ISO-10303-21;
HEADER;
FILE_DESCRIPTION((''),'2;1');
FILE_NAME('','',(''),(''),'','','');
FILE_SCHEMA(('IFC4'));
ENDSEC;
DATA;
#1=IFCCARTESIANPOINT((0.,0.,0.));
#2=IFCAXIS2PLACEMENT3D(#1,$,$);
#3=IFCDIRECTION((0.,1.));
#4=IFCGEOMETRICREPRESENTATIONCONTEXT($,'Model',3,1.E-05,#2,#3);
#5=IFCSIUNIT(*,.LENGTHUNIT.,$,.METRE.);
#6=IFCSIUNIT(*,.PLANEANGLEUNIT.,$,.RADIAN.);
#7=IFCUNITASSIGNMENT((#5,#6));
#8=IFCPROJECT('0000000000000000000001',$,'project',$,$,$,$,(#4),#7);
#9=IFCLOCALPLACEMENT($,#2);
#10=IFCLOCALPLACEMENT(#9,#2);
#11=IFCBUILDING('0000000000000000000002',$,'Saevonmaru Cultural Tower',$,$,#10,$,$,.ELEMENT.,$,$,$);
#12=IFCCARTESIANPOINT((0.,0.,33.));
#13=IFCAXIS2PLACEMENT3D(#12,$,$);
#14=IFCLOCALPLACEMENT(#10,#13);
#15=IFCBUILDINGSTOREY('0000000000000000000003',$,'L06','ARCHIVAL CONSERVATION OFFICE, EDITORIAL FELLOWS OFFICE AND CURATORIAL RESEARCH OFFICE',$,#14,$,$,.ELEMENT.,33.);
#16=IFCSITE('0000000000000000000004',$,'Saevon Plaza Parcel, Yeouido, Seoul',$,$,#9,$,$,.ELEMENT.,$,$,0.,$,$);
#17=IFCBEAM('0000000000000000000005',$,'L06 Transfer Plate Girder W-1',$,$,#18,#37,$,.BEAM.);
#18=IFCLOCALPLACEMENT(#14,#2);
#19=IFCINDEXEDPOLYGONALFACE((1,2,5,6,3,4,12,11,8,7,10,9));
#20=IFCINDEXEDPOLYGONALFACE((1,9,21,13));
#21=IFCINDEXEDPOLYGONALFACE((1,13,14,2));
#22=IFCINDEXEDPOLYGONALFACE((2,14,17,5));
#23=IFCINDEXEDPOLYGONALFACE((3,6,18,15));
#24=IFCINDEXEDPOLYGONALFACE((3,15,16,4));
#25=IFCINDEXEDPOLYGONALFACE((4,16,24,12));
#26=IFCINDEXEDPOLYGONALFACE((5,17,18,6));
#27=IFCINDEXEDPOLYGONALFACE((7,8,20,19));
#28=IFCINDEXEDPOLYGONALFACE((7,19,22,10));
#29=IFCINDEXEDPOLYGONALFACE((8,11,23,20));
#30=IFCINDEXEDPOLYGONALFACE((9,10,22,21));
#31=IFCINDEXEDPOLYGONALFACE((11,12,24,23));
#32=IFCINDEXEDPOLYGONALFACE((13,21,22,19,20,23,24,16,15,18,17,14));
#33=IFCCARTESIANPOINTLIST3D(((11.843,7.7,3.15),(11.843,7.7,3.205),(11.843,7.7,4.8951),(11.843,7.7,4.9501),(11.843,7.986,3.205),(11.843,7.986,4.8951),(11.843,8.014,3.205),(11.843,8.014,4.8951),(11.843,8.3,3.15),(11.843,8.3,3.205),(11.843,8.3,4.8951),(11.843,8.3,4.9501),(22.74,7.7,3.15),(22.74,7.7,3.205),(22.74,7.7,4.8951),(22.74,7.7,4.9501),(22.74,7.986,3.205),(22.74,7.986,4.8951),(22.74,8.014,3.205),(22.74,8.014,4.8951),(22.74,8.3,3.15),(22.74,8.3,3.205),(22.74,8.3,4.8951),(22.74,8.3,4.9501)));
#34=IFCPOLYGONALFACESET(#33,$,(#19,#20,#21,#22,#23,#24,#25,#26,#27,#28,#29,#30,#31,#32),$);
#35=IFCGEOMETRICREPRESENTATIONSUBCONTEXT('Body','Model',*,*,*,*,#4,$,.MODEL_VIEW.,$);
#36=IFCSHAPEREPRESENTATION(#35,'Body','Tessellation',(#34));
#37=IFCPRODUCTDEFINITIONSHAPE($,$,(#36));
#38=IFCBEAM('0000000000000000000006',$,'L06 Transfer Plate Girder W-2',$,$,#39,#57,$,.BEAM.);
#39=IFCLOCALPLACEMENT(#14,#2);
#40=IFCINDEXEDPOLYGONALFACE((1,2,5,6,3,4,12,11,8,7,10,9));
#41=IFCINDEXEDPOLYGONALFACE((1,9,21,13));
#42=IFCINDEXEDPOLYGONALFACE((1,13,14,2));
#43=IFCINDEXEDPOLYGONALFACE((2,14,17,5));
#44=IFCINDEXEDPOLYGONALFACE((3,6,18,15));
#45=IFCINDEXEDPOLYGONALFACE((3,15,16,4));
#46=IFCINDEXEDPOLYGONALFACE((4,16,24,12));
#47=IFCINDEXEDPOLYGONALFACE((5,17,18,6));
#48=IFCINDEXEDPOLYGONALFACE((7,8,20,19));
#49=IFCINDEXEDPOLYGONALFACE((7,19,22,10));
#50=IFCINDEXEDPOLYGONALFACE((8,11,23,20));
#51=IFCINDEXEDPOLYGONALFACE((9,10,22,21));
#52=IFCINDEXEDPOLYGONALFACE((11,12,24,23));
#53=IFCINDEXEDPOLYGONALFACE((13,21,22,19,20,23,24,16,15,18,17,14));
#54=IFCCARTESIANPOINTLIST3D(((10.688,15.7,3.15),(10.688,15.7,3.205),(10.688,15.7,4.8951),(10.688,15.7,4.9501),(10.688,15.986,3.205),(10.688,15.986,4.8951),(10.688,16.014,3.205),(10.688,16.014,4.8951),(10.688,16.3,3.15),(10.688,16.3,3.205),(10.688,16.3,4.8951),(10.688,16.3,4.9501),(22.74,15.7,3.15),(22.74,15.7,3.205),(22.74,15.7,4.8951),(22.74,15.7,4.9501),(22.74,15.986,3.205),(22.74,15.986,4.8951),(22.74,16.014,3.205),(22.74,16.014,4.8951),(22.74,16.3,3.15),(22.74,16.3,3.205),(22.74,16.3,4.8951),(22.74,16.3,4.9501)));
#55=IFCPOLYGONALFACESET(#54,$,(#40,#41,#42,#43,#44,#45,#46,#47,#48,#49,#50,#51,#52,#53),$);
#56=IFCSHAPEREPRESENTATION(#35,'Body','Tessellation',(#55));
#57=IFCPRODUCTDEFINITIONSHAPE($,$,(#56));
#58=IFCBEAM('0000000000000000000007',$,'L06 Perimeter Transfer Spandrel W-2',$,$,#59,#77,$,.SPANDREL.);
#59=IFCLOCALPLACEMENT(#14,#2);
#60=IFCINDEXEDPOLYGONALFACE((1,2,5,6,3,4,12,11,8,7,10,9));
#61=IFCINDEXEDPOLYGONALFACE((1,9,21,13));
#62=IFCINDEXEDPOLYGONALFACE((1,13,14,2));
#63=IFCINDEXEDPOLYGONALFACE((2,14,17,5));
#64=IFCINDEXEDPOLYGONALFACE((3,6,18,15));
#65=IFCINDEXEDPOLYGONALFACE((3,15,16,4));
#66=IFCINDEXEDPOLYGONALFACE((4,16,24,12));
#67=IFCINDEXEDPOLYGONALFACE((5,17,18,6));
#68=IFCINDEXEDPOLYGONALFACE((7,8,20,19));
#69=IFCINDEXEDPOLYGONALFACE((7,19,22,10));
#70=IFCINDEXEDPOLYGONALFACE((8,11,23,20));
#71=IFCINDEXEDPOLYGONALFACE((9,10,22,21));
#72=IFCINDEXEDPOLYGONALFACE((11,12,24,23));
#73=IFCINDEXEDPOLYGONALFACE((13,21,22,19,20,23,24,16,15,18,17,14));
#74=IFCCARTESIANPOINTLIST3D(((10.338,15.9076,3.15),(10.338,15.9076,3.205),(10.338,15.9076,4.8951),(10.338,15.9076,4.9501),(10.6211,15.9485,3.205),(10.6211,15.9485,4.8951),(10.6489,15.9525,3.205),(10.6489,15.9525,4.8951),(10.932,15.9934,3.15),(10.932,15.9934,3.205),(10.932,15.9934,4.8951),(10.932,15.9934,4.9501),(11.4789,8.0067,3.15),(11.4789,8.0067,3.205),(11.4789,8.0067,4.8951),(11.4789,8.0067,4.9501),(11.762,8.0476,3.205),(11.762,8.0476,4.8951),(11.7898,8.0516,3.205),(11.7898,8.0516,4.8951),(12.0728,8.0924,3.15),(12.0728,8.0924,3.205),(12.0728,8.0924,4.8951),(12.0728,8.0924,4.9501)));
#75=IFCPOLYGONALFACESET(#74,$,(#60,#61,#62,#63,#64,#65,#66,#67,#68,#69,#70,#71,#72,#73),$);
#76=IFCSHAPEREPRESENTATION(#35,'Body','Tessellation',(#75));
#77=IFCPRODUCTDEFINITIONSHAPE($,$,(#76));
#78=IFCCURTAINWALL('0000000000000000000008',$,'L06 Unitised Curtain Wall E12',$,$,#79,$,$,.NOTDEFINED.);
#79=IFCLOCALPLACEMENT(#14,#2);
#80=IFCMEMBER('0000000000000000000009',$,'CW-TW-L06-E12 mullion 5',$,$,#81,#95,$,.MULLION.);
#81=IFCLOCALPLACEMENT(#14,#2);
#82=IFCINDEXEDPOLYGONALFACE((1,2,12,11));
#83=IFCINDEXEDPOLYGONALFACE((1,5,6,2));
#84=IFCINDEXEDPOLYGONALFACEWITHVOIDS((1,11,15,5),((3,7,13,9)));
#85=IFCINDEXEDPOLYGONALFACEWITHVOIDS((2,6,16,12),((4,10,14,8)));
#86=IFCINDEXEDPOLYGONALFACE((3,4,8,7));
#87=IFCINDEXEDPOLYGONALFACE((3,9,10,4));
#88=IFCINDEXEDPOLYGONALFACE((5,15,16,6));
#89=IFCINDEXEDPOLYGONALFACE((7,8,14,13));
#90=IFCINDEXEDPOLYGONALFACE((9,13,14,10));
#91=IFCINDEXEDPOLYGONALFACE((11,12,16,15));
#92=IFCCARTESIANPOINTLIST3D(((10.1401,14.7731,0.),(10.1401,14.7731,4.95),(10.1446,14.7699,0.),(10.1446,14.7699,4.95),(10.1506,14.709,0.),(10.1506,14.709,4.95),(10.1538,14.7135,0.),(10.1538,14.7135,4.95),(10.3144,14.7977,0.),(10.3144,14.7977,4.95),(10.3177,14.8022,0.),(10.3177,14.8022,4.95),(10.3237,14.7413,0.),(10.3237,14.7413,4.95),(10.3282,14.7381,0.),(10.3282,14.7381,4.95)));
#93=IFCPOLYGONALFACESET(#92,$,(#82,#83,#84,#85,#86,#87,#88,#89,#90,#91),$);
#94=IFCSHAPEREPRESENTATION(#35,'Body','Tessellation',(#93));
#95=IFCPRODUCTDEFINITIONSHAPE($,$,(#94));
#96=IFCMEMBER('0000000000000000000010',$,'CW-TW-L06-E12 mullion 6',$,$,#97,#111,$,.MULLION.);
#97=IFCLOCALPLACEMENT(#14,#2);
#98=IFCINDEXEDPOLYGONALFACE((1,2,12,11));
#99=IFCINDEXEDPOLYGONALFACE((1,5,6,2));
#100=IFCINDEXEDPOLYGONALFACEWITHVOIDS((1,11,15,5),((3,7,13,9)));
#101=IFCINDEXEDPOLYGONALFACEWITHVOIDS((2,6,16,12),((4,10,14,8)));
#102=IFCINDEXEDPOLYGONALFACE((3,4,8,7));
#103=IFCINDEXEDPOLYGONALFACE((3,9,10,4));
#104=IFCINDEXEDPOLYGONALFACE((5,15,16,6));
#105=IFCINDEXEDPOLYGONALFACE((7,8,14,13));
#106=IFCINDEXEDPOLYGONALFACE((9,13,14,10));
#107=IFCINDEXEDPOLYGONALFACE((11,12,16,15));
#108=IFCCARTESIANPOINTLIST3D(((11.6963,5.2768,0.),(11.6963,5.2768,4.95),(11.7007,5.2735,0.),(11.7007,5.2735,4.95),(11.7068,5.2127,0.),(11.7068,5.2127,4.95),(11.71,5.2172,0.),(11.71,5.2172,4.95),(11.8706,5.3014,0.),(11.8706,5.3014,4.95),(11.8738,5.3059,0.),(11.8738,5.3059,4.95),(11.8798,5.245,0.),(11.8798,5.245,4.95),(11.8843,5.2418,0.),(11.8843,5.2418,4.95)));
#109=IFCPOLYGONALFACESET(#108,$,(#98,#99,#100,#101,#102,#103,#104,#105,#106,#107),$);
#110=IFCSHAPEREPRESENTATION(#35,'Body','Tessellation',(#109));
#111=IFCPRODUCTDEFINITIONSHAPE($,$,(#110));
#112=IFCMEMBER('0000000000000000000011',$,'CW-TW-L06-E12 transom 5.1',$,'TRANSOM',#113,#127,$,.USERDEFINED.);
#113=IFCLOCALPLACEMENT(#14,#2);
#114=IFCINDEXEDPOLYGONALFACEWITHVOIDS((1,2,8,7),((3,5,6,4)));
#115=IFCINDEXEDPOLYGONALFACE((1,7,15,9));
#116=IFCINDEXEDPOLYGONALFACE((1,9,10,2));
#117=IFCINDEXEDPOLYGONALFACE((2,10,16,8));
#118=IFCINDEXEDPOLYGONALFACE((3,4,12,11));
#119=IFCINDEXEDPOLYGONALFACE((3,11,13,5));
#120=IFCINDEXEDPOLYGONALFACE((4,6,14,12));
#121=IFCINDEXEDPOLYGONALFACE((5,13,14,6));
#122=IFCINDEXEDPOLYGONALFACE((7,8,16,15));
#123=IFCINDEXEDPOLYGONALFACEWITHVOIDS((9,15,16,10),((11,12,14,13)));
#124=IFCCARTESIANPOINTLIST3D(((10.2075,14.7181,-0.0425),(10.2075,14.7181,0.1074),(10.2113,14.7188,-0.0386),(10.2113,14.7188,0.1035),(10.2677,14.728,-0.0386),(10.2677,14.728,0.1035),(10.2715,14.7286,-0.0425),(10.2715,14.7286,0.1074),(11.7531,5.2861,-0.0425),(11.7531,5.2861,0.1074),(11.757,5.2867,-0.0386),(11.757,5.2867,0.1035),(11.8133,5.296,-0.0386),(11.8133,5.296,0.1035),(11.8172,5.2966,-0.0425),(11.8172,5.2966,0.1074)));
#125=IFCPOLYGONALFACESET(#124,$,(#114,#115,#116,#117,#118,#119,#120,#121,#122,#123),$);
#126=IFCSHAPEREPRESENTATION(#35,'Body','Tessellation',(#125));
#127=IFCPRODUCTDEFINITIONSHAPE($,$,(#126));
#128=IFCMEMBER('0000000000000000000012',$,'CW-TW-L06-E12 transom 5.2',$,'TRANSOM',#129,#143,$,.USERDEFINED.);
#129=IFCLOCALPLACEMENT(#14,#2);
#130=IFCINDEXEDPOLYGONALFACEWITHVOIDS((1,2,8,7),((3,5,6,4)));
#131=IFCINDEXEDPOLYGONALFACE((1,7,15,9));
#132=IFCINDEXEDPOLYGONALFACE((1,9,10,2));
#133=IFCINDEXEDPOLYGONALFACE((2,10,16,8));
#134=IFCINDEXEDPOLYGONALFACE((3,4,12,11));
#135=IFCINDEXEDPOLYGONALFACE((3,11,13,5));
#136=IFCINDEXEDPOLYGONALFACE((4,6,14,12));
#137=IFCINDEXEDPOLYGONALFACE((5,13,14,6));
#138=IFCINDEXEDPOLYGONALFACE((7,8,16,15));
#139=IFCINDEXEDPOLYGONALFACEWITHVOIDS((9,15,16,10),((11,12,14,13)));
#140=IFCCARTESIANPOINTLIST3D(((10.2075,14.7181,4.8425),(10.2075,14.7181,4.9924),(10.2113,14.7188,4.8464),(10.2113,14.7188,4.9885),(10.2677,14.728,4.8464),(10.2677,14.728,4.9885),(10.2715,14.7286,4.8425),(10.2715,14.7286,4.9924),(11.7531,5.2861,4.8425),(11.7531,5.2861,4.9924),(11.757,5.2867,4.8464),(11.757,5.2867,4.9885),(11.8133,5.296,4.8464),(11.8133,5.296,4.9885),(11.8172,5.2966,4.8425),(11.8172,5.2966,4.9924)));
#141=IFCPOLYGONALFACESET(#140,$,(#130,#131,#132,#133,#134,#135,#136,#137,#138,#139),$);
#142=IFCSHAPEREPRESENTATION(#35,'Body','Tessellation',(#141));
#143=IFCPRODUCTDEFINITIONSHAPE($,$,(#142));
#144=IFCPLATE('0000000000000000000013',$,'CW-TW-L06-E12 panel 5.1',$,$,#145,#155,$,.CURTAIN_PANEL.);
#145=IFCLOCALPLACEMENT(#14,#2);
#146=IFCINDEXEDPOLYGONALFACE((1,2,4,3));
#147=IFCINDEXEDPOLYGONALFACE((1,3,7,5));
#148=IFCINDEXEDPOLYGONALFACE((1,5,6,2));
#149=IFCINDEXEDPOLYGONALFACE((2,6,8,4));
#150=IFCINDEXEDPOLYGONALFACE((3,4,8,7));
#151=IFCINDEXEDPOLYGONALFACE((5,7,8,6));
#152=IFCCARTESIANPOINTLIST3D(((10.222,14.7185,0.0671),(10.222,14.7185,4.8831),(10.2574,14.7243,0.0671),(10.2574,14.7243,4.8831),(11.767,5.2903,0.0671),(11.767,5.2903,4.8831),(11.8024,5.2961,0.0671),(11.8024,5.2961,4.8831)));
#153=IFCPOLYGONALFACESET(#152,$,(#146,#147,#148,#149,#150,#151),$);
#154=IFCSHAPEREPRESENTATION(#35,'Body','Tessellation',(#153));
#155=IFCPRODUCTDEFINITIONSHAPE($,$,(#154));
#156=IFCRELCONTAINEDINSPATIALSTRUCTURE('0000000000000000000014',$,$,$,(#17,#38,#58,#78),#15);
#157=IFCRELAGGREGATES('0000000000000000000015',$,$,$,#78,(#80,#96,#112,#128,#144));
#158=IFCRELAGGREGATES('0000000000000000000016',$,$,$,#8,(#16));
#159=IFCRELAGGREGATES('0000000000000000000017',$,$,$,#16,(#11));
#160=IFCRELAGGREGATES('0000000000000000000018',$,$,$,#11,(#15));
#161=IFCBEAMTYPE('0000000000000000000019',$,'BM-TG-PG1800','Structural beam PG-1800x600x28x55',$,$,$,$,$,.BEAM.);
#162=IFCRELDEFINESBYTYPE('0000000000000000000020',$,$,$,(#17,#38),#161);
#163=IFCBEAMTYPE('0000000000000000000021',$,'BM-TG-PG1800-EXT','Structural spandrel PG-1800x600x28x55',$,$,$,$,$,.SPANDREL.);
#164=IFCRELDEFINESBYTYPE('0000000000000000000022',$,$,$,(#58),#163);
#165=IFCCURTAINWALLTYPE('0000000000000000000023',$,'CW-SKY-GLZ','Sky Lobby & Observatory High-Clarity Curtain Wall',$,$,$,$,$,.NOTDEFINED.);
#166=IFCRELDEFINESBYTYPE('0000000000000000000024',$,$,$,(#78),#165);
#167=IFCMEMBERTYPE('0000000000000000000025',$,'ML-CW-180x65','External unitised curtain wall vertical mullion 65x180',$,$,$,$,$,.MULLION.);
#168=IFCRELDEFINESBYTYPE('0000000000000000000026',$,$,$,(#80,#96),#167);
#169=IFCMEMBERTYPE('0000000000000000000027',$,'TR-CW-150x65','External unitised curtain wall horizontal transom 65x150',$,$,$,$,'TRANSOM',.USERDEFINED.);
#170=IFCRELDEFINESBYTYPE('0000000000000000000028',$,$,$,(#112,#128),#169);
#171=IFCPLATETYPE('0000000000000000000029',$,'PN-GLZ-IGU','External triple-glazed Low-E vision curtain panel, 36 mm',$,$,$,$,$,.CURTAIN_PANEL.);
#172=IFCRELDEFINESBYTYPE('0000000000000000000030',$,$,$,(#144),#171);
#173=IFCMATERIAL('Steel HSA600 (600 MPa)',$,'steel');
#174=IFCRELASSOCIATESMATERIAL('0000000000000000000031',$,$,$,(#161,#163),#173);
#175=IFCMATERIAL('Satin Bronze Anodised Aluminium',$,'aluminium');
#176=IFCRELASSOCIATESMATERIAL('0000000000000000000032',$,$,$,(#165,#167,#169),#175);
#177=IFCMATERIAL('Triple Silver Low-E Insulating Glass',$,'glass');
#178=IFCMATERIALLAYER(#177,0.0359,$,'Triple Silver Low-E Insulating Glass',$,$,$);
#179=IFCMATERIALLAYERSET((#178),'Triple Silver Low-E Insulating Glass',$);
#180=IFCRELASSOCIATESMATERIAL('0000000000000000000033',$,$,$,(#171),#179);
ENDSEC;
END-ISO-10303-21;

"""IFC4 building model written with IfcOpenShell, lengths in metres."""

from ifc_helpers import new_model, si_unit, direction, frame, origin, origin_2d, place, context, subcontext, project, spatial, rectangle, hollow_rectangle, i_section, extrude, material, layer, layer_set, material_profile, profile_set, type_object, element, aggregate, save


model = new_model("IFC4")

# Units and contexts
model_context = context("Model", 3, precision=1e-05, world=origin(), true_north=direction((0.0, 1.0)))
body_context = subcontext(model_context, "Body", "Model", "MODEL_VIEW")
ifc_project = project(units=[si_unit("LENGTHUNIT", "METRE"), si_unit("PLANEANGLEUNIT", "RADIAN")], contexts=[model_context])

# Site, building, storey
site_placement = place(None, origin())
site = spatial("IfcSite", under=ifc_project, at=site_placement, Name="Saevon Plaza Parcel, Yeouido, Seoul", CompositionType="ELEMENT", RefElevation=0.0)
building_placement = place(site_placement, origin())
building = spatial("IfcBuilding", under=site, at=building_placement, Name="Saevonmaru Cultural Tower", CompositionType="ELEMENT")
storey_placement = place(building_placement, frame((0.0, 0.0, 33.0)))
storey = spatial("IfcBuildingStorey", under=building, at=storey_placement, Name="L06", Description="ARCHIVAL CONSERVATION OFFICE, EDITORIAL FELLOWS OFFICE AND CURATORIAL RESEARCH OFFICE", CompositionType="ELEMENT", Elevation=33.0)

# Beams
ifc_material_1 = material(Name="Steel HSA600 (600 MPa)", Category="steel")
ifc_material_profile_1 = material_profile(ifc_material_1, i_section(OverallWidth=0.6001, OverallDepth=1.8, WebThickness=0.0281, FlangeThickness=0.0549, at=origin_2d()), Name="PG-1800x600x28x55")
ifc_profile_set_1 = profile_set([ifc_material_profile_1], Name="Steel HSA600 (600 MPa)")
beam_type_1 = type_object("IfcBeamType", Name="BM-TG-PG1800", Description="Structural beam PG-1800x600x28x55", PredefinedType="BEAM", material=ifc_profile_set_1)
beam_1_placement = place(storey_placement, frame((11.843, 8.0, 4.05), z_axis=(1.0, 0.0, 0.0), x_axis=(0.0, 1.0, 0.0)))
element("IfcBeam", 1, at=beam_1_placement, inside=storey, type_object=beam_type_1, Name="L06 Transfer Plate Girder W-1", PredefinedType="BEAM", context=body_context, shape_type="SweptSolid", body=[
    extrude(i_section(OverallWidth=0.6001, OverallDepth=1.8, WebThickness=0.0281, FlangeThickness=0.0549, at=origin_2d()), origin(), (0.0, 0.0, 1.0), 10.897),
])
beam_2_placement = place(storey_placement, frame((10.688, 16.0, 4.05), z_axis=(1.0, 0.0, 0.0), x_axis=(0.0, 1.0, 0.0)))
element("IfcBeam", 2, at=beam_2_placement, inside=storey, type_object=beam_type_1, Name="L06 Transfer Plate Girder W-2", PredefinedType="BEAM", context=body_context, shape_type="SweptSolid", body=[
    extrude(i_section(OverallWidth=0.6001, OverallDepth=1.8, WebThickness=0.0281, FlangeThickness=0.0549, at=origin_2d()), origin(), (0.0, 0.0, 1.0), 12.052),
])
ifc_material_profile_2 = material_profile(ifc_material_1, i_section(OverallWidth=0.6001, OverallDepth=1.8, WebThickness=0.0281, FlangeThickness=0.0549, at=origin_2d()), Name="PG-1800x600x28x55")
ifc_profile_set_2 = profile_set([ifc_material_profile_2], Name="Steel HSA600 (600 MPa)")
beam_type_2 = type_object("IfcBeamType", Name="BM-TG-PG1800-EXT", Description="Structural spandrel PG-1800x600x28x55", PredefinedType="SPANDREL", material=ifc_profile_set_2)
beam_3_placement = place(storey_placement, frame((11.7759, 8.0496, 4.05), z_axis=(-0.142915, 0.989735, 0.0), x_axis=(-0.989735, -0.142915, 0.0)))
element("IfcBeam", 3, at=beam_3_placement, inside=storey, type_object=beam_type_2, Name="L06 Perimeter Transfer Spandrel W-2", PredefinedType="SPANDREL", context=body_context, shape_type="SweptSolid", body=[
    extrude(i_section(OverallWidth=0.6001, OverallDepth=1.8, WebThickness=0.0281, FlangeThickness=0.0549, at=origin_2d()), origin(), (0.0, 0.0, 1.0), 7.9829),
])

# Curtain wall, members, plate
ifc_material_2 = material(Name="Satin Bronze Anodised Aluminium", Category="aluminium")
curtain_wall_type = type_object("IfcCurtainWallType", Name="CW-SKY-GLZ", Description="Sky Lobby & Observatory High-Clarity Curtain Wall", PredefinedType="NOTDEFINED", material=ifc_material_2)
curtain_wall_placement = place(storey_placement, origin())
curtain_wall = element("IfcCurtainWall", 4, at=curtain_wall_placement, inside=storey, type_object=curtain_wall_type, Name="L06 Unitised Curtain Wall E12", PredefinedType="NOTDEFINED")
ifc_material_profile_3 = material_profile(ifc_material_2, hollow_rectangle(XDim=0.0649, YDim=0.1799, WallThickness=0.0039, at=origin_2d()), Name="ALU-MULL-180x65x4")
ifc_profile_set_3 = profile_set([ifc_material_profile_3], Name="Satin Bronze Anodised Aluminium")
member_type_1 = type_object("IfcMemberType", Name="ML-CW-180x65", Description="External unitised curtain wall vertical mullion 65x180", PredefinedType="MULLION", material=ifc_profile_set_3)
member_1_placement = place(storey_placement, frame((10.2341, 14.7556, 0.0), z_axis=(0.0, 0.0, 1.0), x_axis=(0.161709, -0.986839, 0.0)))
member_1 = element("IfcMember", 5, at=member_1_placement, type_object=member_type_1, Name="CW-TW-L06-E12 mullion 5", PredefinedType="MULLION", context=body_context, shape_type="SweptSolid", body=[
    extrude(hollow_rectangle(XDim=0.0649, YDim=0.1799, WallThickness=0.0039, at=origin_2d()), origin(), (0.0, 0.0, 1.0), 4.95),
])
member_2_placement = place(storey_placement, frame((11.7903, 5.2593, 0.0), z_axis=(0.0, 0.0, 1.0), x_axis=(0.161709, -0.986839, 0.0)))
member_2 = element("IfcMember", 6, at=member_2_placement, type_object=member_type_1, Name="CW-TW-L06-E12 mullion 6", PredefinedType="MULLION", context=body_context, shape_type="SweptSolid", body=[
    extrude(hollow_rectangle(XDim=0.0649, YDim=0.1799, WallThickness=0.0039, at=origin_2d()), origin(), (0.0, 0.0, 1.0), 4.95),
])
ifc_material_profile_4 = material_profile(ifc_material_2, hollow_rectangle(XDim=0.0649, YDim=0.1499, WallThickness=0.0039, at=origin_2d()), Name="ALU-TRAN-150x65x4")
ifc_profile_set_4 = profile_set([ifc_material_profile_4], Name="Satin Bronze Anodised Aluminium")
member_type_2 = type_object("IfcMemberType", Name="TR-CW-150x65", Description="External unitised curtain wall horizontal transom 65x150", ElementType="TRANSOM", PredefinedType="USERDEFINED", material=ifc_profile_set_4)
member_3_placement = place(storey_placement, frame((10.2395, 14.7234, 0.0325), z_axis=(0.161714, -0.986838, 0.0), x_axis=(0.986838, 0.161714, 0.0)))
member_3 = element("IfcMember", 7, at=member_3_placement, type_object=member_type_2, Name="CW-TW-L06-E12 transom 5.1", ObjectType="TRANSOM", PredefinedType="USERDEFINED", context=body_context, shape_type="SweptSolid", body=[
    extrude(hollow_rectangle(XDim=0.0649, YDim=0.1499, WallThickness=0.0039, at=origin_2d()), origin(), (0.0, 0.0, 1.0), 9.5579),
])
member_4_placement = place(storey_placement, frame((10.2395, 14.7234, 4.9175), z_axis=(0.161714, -0.986838, 0.0), x_axis=(0.986838, 0.161714, 0.0)))
member_4 = element("IfcMember", 8, at=member_4_placement, type_object=member_type_2, Name="CW-TW-L06-E12 transom 5.2", ObjectType="TRANSOM", PredefinedType="USERDEFINED", context=body_context, shape_type="SweptSolid", body=[
    extrude(hollow_rectangle(XDim=0.0649, YDim=0.1499, WallThickness=0.0039, at=origin_2d()), origin(), (0.0, 0.0, 1.0), 9.5579),
])
ifc_material_3 = material(Name="Triple Silver Low-E Insulating Glass", Category="glass")
ifc_layer_1 = layer(ifc_material_3, 0.0359, Name="Triple Silver Low-E Insulating Glass")
ifc_layer_set_1 = layer_set([ifc_layer_1], Name="Triple Silver Low-E Insulating Glass")
plate_type = type_object("IfcPlateType", Name="PN-GLZ-IGU", Description="External triple-glazed Low-E vision curtain panel, 36 mm", PredefinedType="CURTAIN_PANEL", material=ifc_layer_set_1)
plate_placement = place(storey_placement, frame((11.0122, 10.0073, 0.0671), z_axis=(0.0, 0.0, 1.0), x_axis=(0.161709, -0.986839, 0.0)))
plate = element("IfcPlate", 9, at=plate_placement, type_object=plate_type, Name="CW-TW-L06-E12 panel 5.1", PredefinedType="CURTAIN_PANEL", context=body_context, shape_type="SweptSolid", body=[
    extrude(rectangle(XDim=9.554, YDim=0.0359, at=origin_2d()), origin(), (0.0, 0.0, 1.0), 4.8159),
])
aggregate(curtain_wall, [member_1, member_2, member_3, member_4, plate])

save(model, "model.ifc")
